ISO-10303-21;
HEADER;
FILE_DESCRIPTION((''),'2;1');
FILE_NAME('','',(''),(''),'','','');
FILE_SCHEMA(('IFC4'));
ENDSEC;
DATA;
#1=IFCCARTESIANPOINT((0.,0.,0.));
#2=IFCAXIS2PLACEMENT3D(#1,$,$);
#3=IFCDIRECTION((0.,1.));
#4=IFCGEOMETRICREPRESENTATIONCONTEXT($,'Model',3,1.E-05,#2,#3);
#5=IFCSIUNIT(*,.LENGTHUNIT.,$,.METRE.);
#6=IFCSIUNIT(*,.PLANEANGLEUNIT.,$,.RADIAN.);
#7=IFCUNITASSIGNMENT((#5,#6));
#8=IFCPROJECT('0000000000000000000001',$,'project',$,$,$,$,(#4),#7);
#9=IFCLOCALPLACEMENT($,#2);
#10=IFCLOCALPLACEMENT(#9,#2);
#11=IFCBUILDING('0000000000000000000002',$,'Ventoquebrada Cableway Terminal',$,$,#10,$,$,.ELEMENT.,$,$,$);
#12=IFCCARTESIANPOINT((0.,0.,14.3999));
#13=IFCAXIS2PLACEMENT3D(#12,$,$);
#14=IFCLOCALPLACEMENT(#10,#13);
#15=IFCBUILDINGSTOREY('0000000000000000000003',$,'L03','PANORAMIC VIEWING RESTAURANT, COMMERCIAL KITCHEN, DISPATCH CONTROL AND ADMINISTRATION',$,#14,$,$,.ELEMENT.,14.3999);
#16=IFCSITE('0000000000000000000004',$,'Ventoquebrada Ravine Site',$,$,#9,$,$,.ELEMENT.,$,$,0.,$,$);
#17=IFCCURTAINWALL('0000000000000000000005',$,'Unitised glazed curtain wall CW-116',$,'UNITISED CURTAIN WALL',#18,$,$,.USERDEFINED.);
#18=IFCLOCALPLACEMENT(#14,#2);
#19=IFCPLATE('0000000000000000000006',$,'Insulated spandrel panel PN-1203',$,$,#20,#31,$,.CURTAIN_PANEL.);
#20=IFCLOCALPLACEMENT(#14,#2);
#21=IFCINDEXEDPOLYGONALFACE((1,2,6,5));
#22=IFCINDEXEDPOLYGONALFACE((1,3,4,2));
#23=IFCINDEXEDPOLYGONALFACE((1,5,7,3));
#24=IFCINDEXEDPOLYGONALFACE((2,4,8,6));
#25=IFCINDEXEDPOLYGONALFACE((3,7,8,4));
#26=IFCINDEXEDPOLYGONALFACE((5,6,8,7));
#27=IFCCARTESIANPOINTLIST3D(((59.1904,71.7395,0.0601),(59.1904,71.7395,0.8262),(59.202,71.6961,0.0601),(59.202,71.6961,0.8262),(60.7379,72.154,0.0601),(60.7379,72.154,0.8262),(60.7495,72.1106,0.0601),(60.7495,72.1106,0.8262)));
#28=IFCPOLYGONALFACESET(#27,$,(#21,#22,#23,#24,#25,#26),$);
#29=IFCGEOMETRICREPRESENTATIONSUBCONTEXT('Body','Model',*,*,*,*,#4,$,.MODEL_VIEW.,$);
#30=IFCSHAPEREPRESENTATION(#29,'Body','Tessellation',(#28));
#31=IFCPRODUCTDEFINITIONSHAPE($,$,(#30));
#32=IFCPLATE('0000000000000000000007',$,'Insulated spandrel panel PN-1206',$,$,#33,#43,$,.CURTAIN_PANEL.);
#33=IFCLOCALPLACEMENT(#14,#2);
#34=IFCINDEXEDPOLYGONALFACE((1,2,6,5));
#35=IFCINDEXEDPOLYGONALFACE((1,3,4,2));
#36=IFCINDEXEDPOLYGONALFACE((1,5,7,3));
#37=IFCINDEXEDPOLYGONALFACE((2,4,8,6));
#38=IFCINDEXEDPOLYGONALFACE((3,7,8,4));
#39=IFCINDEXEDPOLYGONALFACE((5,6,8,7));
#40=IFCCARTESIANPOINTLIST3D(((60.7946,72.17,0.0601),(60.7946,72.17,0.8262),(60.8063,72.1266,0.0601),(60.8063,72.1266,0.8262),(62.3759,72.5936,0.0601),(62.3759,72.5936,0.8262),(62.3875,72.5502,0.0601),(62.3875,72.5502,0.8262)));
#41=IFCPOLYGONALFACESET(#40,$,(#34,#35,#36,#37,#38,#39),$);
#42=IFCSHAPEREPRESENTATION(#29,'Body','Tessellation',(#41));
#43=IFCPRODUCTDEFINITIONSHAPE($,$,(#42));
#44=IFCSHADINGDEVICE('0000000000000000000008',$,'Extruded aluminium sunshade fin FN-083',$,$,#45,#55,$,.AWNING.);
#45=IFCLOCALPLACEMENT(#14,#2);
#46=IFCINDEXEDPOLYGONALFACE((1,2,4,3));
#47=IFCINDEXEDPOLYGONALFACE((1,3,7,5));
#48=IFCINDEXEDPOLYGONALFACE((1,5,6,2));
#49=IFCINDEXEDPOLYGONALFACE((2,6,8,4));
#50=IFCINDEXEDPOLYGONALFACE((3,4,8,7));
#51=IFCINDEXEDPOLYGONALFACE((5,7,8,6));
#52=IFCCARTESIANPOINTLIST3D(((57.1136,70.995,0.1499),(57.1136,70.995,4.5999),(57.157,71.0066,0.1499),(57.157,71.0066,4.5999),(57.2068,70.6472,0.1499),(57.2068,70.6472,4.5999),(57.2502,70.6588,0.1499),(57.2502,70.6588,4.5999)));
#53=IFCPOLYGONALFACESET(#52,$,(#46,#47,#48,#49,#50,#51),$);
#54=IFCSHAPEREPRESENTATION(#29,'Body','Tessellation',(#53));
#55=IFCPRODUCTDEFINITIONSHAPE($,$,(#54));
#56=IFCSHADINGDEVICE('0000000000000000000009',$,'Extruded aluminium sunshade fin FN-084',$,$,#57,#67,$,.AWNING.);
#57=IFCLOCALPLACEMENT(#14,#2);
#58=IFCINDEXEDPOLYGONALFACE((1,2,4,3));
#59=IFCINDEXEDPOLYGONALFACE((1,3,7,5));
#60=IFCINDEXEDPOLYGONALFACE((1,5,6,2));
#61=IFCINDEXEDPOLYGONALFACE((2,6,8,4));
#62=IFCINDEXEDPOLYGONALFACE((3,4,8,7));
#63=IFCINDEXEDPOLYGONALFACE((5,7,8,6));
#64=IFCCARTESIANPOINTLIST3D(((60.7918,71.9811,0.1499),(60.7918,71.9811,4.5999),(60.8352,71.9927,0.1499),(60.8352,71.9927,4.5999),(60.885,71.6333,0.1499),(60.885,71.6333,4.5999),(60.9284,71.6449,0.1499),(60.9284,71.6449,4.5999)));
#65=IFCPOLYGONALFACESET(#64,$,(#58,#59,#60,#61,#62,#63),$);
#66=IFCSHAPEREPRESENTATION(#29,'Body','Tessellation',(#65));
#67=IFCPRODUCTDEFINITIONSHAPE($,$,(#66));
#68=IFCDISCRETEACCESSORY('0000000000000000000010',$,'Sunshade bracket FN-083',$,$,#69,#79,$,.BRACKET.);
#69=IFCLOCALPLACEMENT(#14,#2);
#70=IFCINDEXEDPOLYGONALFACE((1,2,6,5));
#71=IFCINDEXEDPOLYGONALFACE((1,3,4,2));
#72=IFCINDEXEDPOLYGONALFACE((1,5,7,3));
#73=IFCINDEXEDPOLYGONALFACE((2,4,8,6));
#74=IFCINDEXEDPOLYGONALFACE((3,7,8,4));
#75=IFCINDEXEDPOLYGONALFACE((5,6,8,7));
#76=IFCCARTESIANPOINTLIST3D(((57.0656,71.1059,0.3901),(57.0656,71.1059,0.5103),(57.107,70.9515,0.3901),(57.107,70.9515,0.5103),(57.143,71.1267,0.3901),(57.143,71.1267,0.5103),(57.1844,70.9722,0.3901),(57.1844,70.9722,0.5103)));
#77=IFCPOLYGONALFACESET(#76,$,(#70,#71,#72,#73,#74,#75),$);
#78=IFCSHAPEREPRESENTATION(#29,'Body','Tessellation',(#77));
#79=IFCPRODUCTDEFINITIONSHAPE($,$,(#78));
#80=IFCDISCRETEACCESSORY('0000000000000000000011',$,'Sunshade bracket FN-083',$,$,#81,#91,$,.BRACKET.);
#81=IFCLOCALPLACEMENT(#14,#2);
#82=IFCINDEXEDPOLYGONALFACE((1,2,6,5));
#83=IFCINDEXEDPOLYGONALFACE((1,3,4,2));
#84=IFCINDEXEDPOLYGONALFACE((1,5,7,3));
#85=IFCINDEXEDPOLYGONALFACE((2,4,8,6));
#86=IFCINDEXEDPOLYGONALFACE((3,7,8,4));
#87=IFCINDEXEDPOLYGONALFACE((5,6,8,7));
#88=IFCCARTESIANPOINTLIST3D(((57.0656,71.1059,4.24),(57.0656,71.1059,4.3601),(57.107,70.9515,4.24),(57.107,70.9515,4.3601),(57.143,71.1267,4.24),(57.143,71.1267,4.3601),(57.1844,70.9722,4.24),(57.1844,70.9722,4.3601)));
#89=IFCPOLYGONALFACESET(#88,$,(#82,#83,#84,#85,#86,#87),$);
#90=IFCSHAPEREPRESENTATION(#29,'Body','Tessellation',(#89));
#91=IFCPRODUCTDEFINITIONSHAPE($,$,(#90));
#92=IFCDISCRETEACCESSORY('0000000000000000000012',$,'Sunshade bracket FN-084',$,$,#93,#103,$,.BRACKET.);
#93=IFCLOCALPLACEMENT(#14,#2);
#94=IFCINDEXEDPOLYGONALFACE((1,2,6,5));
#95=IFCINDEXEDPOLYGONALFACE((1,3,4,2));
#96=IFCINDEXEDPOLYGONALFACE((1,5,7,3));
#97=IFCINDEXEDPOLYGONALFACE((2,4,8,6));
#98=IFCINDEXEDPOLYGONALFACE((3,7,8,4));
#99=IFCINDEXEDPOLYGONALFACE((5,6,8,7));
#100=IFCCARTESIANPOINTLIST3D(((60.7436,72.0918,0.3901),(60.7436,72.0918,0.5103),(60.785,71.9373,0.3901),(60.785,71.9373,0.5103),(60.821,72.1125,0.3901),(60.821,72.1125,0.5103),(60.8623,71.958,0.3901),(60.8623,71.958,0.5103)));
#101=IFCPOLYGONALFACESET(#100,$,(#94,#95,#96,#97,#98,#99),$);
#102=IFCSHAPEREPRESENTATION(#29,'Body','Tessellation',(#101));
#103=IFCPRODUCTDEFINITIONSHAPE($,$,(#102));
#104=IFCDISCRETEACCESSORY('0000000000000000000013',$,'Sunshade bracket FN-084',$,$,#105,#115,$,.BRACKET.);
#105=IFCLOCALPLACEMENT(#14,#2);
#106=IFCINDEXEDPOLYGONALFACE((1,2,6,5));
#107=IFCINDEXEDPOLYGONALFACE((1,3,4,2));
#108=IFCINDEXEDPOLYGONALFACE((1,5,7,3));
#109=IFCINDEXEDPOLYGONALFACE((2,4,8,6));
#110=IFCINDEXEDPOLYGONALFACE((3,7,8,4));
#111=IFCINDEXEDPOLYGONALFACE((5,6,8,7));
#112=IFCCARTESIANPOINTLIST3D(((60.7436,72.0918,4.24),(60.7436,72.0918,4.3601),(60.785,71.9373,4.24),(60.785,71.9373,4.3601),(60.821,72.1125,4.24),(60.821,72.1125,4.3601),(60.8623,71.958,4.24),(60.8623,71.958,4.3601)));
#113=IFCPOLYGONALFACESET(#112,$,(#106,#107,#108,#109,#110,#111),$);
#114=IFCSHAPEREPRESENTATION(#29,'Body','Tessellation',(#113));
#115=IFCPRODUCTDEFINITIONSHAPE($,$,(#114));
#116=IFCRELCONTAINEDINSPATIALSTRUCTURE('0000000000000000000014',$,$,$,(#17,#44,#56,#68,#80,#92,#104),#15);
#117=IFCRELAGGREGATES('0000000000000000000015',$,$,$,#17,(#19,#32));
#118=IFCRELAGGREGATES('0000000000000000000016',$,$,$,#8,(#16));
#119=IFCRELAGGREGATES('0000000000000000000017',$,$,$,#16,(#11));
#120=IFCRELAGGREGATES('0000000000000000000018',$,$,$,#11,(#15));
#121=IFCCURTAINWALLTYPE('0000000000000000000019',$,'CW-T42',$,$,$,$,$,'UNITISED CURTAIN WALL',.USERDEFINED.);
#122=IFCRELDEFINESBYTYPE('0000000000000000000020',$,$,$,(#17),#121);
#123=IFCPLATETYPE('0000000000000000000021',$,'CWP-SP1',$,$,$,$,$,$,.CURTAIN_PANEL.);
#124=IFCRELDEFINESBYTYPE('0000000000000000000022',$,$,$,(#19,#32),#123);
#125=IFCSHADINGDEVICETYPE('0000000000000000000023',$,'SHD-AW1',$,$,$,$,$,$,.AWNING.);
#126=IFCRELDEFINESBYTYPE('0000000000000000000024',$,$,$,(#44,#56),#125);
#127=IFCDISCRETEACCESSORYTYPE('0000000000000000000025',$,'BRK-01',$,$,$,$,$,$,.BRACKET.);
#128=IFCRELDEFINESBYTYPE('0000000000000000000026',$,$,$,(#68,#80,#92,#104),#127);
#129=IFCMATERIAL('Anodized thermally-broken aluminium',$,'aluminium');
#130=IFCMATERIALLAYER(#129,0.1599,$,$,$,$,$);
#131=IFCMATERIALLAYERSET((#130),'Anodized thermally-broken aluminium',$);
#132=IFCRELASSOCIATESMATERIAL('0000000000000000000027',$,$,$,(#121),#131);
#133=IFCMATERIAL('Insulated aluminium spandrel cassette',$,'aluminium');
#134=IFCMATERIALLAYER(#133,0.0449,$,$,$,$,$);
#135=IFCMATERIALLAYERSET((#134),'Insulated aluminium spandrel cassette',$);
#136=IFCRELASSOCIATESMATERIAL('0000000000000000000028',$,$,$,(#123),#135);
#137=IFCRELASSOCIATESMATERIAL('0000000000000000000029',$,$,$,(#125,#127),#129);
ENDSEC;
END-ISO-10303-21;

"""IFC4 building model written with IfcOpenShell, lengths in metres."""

from ifc_helpers import new_model, si_unit, direction, frame, origin, origin_2d, place, context, subcontext, project, spatial, rectangle, extrude, material, layer, layer_set, type_object, element, aggregate, save


model = new_model("IFC4")

# Units and contexts
model_context = context("Model", 3, precision=1e-05, world=origin(), true_north=direction((0.0, 1.0)))
body_context = subcontext(model_context, "Body", "Model", "MODEL_VIEW")
ifc_project = project(units=[si_unit("LENGTHUNIT", "METRE"), si_unit("PLANEANGLEUNIT", "RADIAN")], contexts=[model_context])

# Site, building, storey
site_placement = place(None, origin())
site = spatial("IfcSite", under=ifc_project, at=site_placement, Name="Ventoquebrada Ravine Site", CompositionType="ELEMENT", RefElevation=0.0)
building_placement = place(site_placement, origin())
building = spatial("IfcBuilding", under=site, at=building_placement, Name="Ventoquebrada Cableway Terminal", CompositionType="ELEMENT")
storey_placement = place(building_placement, frame((0.0, 0.0, 14.3999)))
storey = spatial("IfcBuildingStorey", under=building, at=storey_placement, Name="L03", Description="PANORAMIC VIEWING RESTAURANT, COMMERCIAL KITCHEN, DISPATCH CONTROL AND ADMINISTRATION", CompositionType="ELEMENT", Elevation=14.3999)

# Curtain wall
ifc_material_1 = material(Name="Anodized thermally-broken aluminium", Category="aluminium")
ifc_layer_1 = layer(ifc_material_1, 0.1599)
ifc_layer_set_1 = layer_set([ifc_layer_1], Name="Anodized thermally-broken aluminium")
curtain_wall_type = type_object("IfcCurtainWallType", Name="CW-T42", ElementType="UNITISED CURTAIN WALL", PredefinedType="USERDEFINED", material=ifc_layer_set_1)
curtain_wall_1_placement = place(storey_placement, origin())
curtain_wall_1 = element("IfcCurtainWall", 1, at=curtain_wall_1_placement, inside=storey, type_object=curtain_wall_type, Name="Unitised glazed curtain wall CW-116", ObjectType="UNITISED CURTAIN WALL", PredefinedType="USERDEFINED")

# Plates
ifc_material_2 = material(Name="Insulated aluminium spandrel cassette", Category="aluminium")
ifc_layer_2 = layer(ifc_material_2, 0.0449)
ifc_layer_set_2 = layer_set([ifc_layer_2], Name="Insulated aluminium spandrel cassette")
plate_type_1 = type_object("IfcPlateType", Name="CWP-SP1", PredefinedType="CURTAIN_PANEL", material=ifc_layer_set_2)
plate_1_placement = place(storey_placement, frame((59.97, 71.925, 0.0601), z_axis=(0.0, 0.0, 1.0), x_axis=(0.965948, 0.258735, 0.0)))
plate_1 = element("IfcPlate", 2, at=plate_1_placement, type_object=plate_type_1, Name="Insulated spandrel panel PN-1203", PredefinedType="CURTAIN_PANEL", context=body_context, shape_type="SweptSolid", body=[
    extrude(rectangle(XDim=1.6021, YDim=0.0449, at=origin_2d()), origin(), (0.0, 0.0, 1.0), 0.7661),
])
plate_2_placement = place(storey_placement, frame((61.5911, 72.3601, 0.0601), z_axis=(0.0, 0.0, 1.0), x_axis=(0.965948, 0.258735, 0.0)))
plate_2 = element("IfcPlate", 3, at=plate_2_placement, type_object=plate_type_1, Name="Insulated spandrel panel PN-1206", PredefinedType="CURTAIN_PANEL", context=body_context, shape_type="SweptSolid", body=[
    extrude(rectangle(XDim=1.637, YDim=0.0449, at=origin_2d()), origin(), (0.0, 0.0, 1.0), 0.7661),
])
aggregate(curtain_wall_1, [plate_1, plate_2])

# Shading devices
shading_device_type = type_object("IfcShadingDeviceType", Name="SHD-AW1", PredefinedType="AWNING", material=ifc_material_1)
for number, where, z_axis, x_axis, name in (
    (4, (57.1819, 70.8269, 0.1499), (0.0, 0.0, 1.0), (0.965921, 0.258836, 0.0), "Extruded aluminium sunshade fin FN-083"),
    (5, (60.8601, 71.813, 0.1499), (0.0, 0.0, 1.0), (0.965948, 0.258735, 0.0), "Extruded aluminium sunshade fin FN-084"),
):
    element("IfcShadingDevice", number, at=place(storey_placement, frame(where, z_axis=z_axis, x_axis=x_axis)), inside=storey, type_object=shading_device_type, Name=name, PredefinedType="AWNING", context=body_context, shape_type="SweptSolid", body=[
        extrude(rectangle(XDim=0.0449, YDim=0.3601, at=origin_2d()), origin(), (0.0, 0.0, 1.0), 4.45),
    ])

# Discrete accessories
discrete_accessory_type = type_object("IfcDiscreteAccessoryType", Name="BRK-01", PredefinedType="BRACKET", material=ifc_material_1)
for number, where, z_axis, x_axis, name in (
    (6, (57.125, 71.0391, 0.3901), (0.0, 0.0, 1.0), (0.965921, 0.258836, 0.0), "Sunshade bracket FN-083"),
    (7, (57.125, 71.0391, 4.24), (0.0, 0.0, 1.0), (0.965921, 0.258836, 0.0), "Sunshade bracket FN-083"),
    (8, (60.803, 72.0249, 0.3901), (0.0, 0.0, 1.0), (0.965948, 0.258735, 0.0), "Sunshade bracket FN-084"),
    (9, (60.803, 72.0249, 4.24), (0.0, 0.0, 1.0), (0.965948, 0.258735, 0.0), "Sunshade bracket FN-084"),
):
    element("IfcDiscreteAccessory", number, at=place(storey_placement, frame(where, z_axis=z_axis, x_axis=x_axis)), inside=storey, type_object=discrete_accessory_type, Name=name, PredefinedType="BRACKET", context=body_context, shape_type="SweptSolid", body=[
        extrude(rectangle(XDim=0.0801, YDim=0.1599, at=origin_2d()), origin(), (0.0, 0.0, 1.0), 0.1201),
    ])

save(model, "model.ifc")
